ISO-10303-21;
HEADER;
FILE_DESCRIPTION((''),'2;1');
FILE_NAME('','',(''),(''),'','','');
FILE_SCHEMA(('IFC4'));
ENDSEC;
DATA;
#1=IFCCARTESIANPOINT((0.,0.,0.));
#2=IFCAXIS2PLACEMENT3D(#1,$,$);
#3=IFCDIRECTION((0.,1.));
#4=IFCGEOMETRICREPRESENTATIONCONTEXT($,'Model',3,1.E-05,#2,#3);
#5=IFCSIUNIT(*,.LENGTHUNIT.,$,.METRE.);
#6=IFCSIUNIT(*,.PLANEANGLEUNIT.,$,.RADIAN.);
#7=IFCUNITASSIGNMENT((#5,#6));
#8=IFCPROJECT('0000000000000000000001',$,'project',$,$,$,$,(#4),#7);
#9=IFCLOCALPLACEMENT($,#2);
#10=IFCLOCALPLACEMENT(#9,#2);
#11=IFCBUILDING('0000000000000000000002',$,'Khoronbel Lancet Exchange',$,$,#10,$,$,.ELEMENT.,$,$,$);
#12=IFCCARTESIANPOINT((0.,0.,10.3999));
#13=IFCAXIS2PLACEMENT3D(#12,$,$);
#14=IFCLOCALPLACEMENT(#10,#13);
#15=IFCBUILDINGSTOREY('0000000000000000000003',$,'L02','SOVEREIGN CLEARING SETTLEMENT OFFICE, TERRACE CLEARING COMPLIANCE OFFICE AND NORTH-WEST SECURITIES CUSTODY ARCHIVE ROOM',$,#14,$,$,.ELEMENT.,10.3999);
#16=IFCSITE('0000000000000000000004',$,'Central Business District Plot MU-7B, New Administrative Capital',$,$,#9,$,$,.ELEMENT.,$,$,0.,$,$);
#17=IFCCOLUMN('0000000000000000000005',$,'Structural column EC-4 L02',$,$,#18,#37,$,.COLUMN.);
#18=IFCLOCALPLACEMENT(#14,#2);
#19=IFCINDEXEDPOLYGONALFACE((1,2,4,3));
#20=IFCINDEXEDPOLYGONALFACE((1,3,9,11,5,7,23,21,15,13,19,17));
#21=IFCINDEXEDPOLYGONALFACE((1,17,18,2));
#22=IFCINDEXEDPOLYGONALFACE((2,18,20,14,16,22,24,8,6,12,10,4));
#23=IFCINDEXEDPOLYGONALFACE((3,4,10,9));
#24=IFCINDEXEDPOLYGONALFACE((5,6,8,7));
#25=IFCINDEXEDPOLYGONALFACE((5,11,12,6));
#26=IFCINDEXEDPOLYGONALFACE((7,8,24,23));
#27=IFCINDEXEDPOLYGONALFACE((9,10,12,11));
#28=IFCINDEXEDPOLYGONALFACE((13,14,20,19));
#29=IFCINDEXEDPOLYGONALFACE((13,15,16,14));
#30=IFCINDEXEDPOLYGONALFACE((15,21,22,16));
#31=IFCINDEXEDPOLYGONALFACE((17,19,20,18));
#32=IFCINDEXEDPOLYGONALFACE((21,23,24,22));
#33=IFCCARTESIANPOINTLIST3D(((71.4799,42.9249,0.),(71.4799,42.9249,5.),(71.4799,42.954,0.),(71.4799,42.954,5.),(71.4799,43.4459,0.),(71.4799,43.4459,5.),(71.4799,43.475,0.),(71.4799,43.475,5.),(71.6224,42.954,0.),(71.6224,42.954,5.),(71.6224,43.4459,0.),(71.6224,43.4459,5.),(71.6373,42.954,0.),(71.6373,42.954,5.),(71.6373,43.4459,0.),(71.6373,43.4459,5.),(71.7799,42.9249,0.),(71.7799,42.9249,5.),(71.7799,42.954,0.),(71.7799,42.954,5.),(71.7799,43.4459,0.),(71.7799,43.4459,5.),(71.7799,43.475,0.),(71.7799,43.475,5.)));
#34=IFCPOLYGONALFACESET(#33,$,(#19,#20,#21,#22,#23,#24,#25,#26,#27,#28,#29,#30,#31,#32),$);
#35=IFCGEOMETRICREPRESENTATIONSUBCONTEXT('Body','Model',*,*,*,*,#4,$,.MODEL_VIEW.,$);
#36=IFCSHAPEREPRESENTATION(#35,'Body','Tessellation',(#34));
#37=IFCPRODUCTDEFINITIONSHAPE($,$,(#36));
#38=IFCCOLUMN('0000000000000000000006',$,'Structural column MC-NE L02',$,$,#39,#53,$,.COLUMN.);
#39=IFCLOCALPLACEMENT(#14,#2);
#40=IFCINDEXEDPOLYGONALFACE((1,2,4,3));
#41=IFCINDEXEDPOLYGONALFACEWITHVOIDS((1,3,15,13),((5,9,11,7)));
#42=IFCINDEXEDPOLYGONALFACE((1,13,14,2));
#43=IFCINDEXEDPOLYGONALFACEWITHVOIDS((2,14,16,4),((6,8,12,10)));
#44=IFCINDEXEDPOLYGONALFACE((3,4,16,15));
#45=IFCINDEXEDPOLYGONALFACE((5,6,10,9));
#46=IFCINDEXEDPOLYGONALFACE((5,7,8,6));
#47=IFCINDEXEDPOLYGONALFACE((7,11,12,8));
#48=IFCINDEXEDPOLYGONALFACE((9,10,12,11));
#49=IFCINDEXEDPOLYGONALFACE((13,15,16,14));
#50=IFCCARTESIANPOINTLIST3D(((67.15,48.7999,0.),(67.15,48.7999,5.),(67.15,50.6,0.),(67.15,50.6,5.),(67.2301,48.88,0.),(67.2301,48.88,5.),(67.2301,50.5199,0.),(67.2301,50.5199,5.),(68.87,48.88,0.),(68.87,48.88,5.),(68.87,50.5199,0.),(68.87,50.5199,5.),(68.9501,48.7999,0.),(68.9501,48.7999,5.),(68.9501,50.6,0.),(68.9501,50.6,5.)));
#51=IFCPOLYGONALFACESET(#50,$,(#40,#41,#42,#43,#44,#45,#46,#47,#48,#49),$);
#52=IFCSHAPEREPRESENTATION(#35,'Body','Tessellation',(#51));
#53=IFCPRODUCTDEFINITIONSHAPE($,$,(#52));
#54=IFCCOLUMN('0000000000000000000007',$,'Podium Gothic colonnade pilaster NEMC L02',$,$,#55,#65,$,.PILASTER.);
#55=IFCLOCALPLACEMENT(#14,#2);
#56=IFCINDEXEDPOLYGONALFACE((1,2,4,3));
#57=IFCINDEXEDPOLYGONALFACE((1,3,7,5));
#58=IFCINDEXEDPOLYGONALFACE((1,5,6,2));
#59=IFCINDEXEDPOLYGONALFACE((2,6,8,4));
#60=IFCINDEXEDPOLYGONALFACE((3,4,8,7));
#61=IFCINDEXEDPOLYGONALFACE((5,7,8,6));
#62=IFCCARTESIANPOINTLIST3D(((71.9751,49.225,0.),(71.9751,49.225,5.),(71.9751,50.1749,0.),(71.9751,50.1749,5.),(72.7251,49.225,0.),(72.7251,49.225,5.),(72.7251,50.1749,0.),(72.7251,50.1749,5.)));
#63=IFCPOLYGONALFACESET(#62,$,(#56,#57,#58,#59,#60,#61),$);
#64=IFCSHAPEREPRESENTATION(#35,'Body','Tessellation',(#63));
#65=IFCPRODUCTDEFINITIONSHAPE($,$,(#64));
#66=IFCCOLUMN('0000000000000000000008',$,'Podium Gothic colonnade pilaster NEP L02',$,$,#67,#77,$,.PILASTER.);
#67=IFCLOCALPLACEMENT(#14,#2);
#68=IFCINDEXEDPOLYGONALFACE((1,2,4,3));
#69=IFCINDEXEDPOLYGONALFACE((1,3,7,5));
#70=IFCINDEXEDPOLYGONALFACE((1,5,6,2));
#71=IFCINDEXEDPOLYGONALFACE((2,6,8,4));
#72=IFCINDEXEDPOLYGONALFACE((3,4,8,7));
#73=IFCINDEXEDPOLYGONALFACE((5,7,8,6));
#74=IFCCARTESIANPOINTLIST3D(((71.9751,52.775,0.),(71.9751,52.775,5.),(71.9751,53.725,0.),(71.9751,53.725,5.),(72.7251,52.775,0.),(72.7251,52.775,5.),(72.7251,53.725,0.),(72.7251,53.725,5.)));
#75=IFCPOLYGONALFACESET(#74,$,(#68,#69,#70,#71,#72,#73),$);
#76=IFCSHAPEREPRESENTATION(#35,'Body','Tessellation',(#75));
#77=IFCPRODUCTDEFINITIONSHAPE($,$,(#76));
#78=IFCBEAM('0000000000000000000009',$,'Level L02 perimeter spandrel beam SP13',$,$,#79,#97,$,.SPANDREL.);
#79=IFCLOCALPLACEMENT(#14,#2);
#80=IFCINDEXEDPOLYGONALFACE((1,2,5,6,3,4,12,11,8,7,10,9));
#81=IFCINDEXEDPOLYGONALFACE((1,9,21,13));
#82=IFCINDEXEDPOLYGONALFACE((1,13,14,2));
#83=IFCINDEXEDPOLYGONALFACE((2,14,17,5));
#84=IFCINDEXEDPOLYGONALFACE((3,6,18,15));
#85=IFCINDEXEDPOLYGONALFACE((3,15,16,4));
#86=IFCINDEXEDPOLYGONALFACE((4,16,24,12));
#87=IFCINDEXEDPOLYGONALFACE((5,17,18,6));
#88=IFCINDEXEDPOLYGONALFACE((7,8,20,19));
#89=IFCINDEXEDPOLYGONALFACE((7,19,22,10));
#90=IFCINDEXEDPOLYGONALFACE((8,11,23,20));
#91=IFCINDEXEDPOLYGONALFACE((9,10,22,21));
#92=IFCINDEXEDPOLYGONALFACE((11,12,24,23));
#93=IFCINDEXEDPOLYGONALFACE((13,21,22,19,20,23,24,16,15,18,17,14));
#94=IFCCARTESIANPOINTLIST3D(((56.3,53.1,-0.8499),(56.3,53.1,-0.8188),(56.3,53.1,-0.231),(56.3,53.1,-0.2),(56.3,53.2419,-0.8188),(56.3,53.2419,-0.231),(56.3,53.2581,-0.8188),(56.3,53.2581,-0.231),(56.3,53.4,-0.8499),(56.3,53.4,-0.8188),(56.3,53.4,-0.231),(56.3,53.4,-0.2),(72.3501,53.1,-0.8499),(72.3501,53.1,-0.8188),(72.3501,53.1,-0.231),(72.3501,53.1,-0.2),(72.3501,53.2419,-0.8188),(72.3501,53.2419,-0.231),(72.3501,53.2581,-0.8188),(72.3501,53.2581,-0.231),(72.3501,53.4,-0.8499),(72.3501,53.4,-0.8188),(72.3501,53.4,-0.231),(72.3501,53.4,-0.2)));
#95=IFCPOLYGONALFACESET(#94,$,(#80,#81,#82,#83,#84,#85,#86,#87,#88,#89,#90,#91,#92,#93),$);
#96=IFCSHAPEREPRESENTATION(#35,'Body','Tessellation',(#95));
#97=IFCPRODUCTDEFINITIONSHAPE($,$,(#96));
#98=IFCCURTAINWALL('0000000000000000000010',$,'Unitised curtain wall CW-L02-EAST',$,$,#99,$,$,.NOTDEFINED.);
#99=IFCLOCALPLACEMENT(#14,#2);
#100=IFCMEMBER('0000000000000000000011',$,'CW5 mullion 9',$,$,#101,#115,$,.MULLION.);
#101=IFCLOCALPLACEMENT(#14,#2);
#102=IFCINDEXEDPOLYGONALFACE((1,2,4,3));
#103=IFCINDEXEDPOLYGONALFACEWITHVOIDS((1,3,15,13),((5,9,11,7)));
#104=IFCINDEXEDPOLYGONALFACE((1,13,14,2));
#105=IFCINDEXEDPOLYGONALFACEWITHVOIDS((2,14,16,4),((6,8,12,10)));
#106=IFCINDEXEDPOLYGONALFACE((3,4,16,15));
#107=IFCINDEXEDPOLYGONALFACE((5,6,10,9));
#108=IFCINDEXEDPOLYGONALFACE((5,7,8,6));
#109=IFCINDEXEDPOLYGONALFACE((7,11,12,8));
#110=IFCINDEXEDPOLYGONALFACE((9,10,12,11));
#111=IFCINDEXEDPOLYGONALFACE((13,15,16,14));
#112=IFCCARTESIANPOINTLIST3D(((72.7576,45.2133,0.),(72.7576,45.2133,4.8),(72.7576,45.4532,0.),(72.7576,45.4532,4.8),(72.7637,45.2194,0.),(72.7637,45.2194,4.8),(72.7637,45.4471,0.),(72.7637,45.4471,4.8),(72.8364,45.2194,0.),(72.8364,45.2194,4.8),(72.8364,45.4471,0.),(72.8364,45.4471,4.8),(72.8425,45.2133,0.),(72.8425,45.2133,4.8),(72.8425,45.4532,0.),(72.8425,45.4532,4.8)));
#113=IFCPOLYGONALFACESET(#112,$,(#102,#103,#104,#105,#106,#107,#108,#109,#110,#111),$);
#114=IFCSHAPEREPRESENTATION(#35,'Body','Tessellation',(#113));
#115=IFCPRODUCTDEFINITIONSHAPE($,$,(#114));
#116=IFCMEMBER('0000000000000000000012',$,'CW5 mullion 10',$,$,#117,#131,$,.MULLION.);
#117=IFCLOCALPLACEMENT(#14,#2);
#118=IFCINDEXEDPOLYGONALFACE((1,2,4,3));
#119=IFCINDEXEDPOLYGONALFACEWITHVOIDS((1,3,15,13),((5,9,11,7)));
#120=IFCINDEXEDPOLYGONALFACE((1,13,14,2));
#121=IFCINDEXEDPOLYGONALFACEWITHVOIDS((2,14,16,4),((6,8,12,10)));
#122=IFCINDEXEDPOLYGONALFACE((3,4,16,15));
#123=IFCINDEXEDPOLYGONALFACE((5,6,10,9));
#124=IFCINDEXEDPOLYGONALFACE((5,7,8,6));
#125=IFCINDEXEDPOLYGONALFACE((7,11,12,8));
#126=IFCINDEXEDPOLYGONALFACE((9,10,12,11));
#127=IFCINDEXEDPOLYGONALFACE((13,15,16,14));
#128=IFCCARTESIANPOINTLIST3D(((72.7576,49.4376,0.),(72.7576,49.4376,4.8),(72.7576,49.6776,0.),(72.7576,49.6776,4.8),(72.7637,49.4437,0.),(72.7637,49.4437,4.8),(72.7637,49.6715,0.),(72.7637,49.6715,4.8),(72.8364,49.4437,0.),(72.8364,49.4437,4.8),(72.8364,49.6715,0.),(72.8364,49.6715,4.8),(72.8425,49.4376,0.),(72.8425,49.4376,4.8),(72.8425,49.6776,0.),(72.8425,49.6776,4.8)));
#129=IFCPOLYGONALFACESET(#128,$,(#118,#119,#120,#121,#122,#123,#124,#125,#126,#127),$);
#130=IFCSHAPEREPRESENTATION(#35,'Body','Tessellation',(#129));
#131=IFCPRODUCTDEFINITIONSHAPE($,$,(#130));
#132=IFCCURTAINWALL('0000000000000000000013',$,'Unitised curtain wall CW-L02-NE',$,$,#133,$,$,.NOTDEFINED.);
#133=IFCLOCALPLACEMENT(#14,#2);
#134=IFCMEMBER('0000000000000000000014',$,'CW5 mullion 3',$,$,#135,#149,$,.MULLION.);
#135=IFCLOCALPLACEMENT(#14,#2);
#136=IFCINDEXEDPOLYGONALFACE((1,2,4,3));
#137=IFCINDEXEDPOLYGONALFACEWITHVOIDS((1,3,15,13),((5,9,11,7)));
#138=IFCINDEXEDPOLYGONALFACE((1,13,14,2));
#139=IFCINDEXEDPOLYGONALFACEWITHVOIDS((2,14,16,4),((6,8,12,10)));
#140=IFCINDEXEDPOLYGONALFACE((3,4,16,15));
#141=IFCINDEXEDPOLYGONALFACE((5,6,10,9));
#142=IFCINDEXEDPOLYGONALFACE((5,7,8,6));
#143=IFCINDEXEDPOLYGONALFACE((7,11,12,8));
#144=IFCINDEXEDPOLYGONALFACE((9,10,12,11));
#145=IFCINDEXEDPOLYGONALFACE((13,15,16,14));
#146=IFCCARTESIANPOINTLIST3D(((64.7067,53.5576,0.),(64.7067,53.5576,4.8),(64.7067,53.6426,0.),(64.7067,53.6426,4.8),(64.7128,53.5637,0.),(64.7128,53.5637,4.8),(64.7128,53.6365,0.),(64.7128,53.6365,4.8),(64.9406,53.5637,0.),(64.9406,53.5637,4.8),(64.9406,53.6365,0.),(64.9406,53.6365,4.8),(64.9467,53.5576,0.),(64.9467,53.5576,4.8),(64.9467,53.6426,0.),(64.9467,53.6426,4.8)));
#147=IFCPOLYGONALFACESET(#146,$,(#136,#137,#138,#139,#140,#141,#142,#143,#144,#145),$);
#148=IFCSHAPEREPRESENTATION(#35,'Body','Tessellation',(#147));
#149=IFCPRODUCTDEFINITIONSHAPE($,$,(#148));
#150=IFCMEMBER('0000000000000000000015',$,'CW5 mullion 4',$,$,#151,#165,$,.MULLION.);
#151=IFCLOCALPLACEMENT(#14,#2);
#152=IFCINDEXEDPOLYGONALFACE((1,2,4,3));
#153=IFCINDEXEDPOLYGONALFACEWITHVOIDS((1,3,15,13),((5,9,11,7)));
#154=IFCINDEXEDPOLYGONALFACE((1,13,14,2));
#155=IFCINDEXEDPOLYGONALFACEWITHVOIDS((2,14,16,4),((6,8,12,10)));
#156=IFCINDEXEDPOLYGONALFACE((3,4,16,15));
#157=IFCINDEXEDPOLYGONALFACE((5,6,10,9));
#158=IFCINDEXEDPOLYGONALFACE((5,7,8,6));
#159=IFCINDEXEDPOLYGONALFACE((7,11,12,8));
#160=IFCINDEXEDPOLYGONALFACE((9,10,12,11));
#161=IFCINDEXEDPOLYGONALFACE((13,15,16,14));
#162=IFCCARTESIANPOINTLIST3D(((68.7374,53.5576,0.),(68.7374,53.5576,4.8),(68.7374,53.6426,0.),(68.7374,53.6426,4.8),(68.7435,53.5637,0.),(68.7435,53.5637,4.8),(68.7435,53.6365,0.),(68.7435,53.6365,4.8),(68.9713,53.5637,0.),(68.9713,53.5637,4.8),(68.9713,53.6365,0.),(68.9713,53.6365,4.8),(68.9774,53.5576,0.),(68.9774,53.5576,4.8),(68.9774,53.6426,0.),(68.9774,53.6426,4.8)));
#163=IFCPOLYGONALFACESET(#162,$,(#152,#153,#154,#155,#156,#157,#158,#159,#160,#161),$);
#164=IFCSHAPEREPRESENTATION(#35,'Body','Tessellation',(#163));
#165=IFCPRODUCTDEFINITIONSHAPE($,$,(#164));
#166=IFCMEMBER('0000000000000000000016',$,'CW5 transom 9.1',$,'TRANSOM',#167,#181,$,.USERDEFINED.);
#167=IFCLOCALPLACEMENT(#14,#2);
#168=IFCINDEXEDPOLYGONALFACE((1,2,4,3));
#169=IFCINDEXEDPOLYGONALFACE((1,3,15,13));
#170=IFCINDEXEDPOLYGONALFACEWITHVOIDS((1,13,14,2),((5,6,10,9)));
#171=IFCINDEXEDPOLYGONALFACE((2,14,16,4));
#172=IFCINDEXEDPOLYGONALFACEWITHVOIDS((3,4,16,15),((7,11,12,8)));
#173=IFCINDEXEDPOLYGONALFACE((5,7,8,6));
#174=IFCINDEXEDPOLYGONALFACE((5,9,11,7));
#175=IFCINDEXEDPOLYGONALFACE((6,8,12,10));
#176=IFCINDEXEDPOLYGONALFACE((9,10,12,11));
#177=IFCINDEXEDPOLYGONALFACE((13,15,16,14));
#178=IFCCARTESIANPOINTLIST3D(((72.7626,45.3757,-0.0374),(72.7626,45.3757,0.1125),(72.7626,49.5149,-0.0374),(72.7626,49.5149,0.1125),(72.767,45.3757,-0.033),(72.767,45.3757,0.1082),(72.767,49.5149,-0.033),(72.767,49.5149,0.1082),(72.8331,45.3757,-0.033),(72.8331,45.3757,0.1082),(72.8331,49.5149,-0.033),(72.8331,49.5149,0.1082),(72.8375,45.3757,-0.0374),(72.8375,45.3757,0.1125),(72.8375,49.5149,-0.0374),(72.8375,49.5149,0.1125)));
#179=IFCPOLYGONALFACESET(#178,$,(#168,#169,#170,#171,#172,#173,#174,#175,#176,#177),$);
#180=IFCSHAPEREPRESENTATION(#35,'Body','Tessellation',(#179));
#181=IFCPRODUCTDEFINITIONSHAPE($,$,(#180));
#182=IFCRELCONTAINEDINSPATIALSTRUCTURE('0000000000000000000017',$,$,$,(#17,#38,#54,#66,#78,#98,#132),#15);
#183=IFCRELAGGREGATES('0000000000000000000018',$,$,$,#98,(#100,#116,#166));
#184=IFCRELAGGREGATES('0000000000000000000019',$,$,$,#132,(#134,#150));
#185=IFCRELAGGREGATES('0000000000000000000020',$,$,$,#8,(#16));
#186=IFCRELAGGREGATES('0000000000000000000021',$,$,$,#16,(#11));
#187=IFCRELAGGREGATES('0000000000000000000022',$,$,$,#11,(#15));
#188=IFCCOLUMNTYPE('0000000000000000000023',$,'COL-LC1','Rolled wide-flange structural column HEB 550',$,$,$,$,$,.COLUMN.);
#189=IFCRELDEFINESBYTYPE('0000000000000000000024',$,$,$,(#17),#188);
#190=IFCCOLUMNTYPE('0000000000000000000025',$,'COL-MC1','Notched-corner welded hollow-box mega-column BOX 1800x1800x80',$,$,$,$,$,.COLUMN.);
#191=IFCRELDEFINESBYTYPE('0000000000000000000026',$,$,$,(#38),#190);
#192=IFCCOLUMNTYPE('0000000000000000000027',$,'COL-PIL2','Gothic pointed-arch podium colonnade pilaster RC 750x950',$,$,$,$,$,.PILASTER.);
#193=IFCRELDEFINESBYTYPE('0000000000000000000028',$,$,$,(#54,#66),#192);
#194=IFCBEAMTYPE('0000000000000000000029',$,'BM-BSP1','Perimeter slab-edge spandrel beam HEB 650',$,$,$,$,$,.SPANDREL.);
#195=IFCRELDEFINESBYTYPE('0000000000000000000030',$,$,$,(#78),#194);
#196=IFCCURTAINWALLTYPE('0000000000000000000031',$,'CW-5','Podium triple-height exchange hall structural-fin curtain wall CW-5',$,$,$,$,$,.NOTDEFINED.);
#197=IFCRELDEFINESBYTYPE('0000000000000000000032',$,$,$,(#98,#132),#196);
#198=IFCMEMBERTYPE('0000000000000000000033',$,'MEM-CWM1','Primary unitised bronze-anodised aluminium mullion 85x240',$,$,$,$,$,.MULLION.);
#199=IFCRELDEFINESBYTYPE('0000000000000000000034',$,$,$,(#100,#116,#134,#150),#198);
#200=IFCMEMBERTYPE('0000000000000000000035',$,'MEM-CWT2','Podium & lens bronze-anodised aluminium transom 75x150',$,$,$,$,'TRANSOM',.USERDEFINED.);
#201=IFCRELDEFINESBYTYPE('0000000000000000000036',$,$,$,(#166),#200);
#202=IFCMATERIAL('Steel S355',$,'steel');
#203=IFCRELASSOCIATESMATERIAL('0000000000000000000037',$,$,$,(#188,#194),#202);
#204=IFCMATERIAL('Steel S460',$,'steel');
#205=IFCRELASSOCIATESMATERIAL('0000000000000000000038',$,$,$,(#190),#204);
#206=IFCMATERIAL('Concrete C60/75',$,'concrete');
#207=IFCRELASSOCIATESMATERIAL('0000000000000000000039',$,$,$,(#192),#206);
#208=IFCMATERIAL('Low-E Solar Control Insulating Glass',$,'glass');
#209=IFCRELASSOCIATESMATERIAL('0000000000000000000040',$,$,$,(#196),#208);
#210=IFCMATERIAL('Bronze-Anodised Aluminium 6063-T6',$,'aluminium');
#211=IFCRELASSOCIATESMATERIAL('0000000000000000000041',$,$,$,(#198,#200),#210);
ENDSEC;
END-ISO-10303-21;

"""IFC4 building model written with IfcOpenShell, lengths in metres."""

from ifc_helpers import new_model, si_unit, direction, frame, origin, origin_2d, place, context, subcontext, project, spatial, rectangle, hollow_rectangle, i_section, extrude, material, material_profile, profile_set, type_object, element, aggregate, save


model = new_model("IFC4")

# Units and contexts
model_context = context("Model", 3, precision=1e-05, world=origin(), true_north=direction((0.0, 1.0)))
body_context = subcontext(model_context, "Body", "Model", "MODEL_VIEW")
ifc_project = project(units=[si_unit("LENGTHUNIT", "METRE"), si_unit("PLANEANGLEUNIT", "RADIAN")], contexts=[model_context])

# Site, building, storey
site_placement = place(None, origin())
site = spatial("IfcSite", under=ifc_project, at=site_placement, Name="Central Business District Plot MU-7B, New Administrative Capital", CompositionType="ELEMENT", RefElevation=0.0)
building_placement = place(site_placement, origin())
building = spatial("IfcBuilding", under=site, at=building_placement, Name="Khoronbel Lancet Exchange", CompositionType="ELEMENT")
storey_placement = place(building_placement, frame((0.0, 0.0, 10.3999)))
storey = spatial("IfcBuildingStorey", under=building, at=storey_placement, Name="L02", Description="SOVEREIGN CLEARING SETTLEMENT OFFICE, TERRACE CLEARING COMPLIANCE OFFICE AND NORTH-WEST SECURITIES CUSTODY ARCHIVE ROOM", CompositionType="ELEMENT", Elevation=10.3999)

# Columns
ifc_material_1 = material(Name="Steel S355", Category="steel")
ifc_material_profile_1 = material_profile(ifc_material_1, i_section(OverallWidth=0.3, OverallDepth=0.55, WebThickness=0.0149, FlangeThickness=0.0291, at=origin_2d()), Name="HEB 550")
ifc_profile_set_1 = profile_set([ifc_material_profile_1], Name="Steel S355")
column_type_1 = type_object("IfcColumnType", Name="COL-LC1", Description="Rolled wide-flange structural column HEB 550", PredefinedType="COLUMN", material=ifc_profile_set_1)
column_1_placement = place(storey_placement, frame((71.6299, 43.2, 0.0), z_axis=(0.0, 0.0, 1.0), x_axis=(1.0, 0.0, 0.0)))
element("IfcColumn", 1, at=column_1_placement, inside=storey, type_object=column_type_1, Name="Structural column EC-4 L02", PredefinedType="COLUMN", context=body_context, shape_type="SweptSolid", body=[
    extrude(i_section(OverallWidth=0.3, OverallDepth=0.55, WebThickness=0.0149, FlangeThickness=0.0291, at=origin_2d()), origin(), (0.0, 0.0, 1.0), 5.0),
])
ifc_material_2 = material(Name="Steel S460", Category="steel")
ifc_material_profile_2 = material_profile(ifc_material_2, hollow_rectangle(XDim=1.8, YDim=1.8, WallThickness=0.0801, at=origin_2d()), Name="BOX 1800x1800x80")
ifc_profile_set_2 = profile_set([ifc_material_profile_2], Name="Steel S460")
column_type_2 = type_object("IfcColumnType", Name="COL-MC1", Description="Notched-corner welded hollow-box mega-column BOX 1800x1800x80", PredefinedType="COLUMN", material=ifc_profile_set_2)
column_2_placement = place(storey_placement, frame((68.05, 49.7, 0.0), z_axis=(0.0, 0.0, 1.0), x_axis=(1.0, 0.0, 0.0)))
element("IfcColumn", 2, at=column_2_placement, inside=storey, type_object=column_type_2, Name="Structural column MC-NE L02", PredefinedType="COLUMN", context=body_context, shape_type="SweptSolid", body=[
    extrude(hollow_rectangle(XDim=1.8, YDim=1.8, WallThickness=0.0801, at=origin_2d()), origin(), (0.0, 0.0, 1.0), 5.0),
])
ifc_material_3 = material(Name="Concrete C60/75", Category="concrete")
ifc_material_profile_3 = material_profile(ifc_material_3, rectangle(XDim=0.75, YDim=0.95, at=origin_2d()), Name="RC 750x950")
ifc_profile_set_3 = profile_set([ifc_material_profile_3], Name="Concrete C60/75")
column_type_3 = type_object("IfcColumnType", Name="COL-PIL2", Description="Gothic pointed-arch podium colonnade pilaster RC 750x950", PredefinedType="PILASTER", material=ifc_profile_set_3)
for number, where, z_axis, x_axis, name in (
    (3, (72.3501, 49.7, 0.0), (0.0, 0.0, 1.0), (1.0, 0.0, 0.0), "Podium Gothic colonnade pilaster NEMC L02"),
    (4, (72.3501, 53.25, 0.0), (0.0, 0.0, 1.0), (1.0, 0.0, 0.0), "Podium Gothic colonnade pilaster NEP L02"),
):
    element("IfcColumn", number, at=place(storey_placement, frame(where, z_axis=z_axis, x_axis=x_axis)), inside=storey, type_object=column_type_3, Name=name, PredefinedType="PILASTER", context=body_context, shape_type="SweptSolid", body=[
        extrude(rectangle(XDim=0.75, YDim=0.95, at=origin_2d()), origin(), (0.0, 0.0, 1.0), 5.0),
    ])

# Beam
ifc_material_profile_4 = material_profile(ifc_material_1, i_section(OverallWidth=0.3, OverallDepth=0.6499, WebThickness=0.0161, FlangeThickness=0.031, at=origin_2d()), Name="HEB 650")
ifc_profile_set_4 = profile_set([ifc_material_profile_4], Name="Steel S355")
beam_type = type_object("IfcBeamType", Name="BM-BSP1", Description="Perimeter slab-edge spandrel beam HEB 650", PredefinedType="SPANDREL", material=ifc_profile_set_4)
beam_placement = place(storey_placement, frame((72.3501, 53.25, -0.5249), z_axis=(-1.0, 0.0, 0.0), x_axis=(0.0, -1.0, 0.0)))
element("IfcBeam", 5, at=beam_placement, inside=storey, type_object=beam_type, Name="Level L02 perimeter spandrel beam SP13", PredefinedType="SPANDREL", context=body_context, shape_type="SweptSolid", body=[
    extrude(i_section(OverallWidth=0.3, OverallDepth=0.6499, WebThickness=0.0161, FlangeThickness=0.031, at=origin_2d()), origin(), (0.0, 0.0, 1.0), 16.05),
])

# Curtain walls, members
ifc_material_4 = material(Name="Low-E Solar Control Insulating Glass", Category="glass")
curtain_wall_type = type_object("IfcCurtainWallType", Name="CW-5", Description="Podium triple-height exchange hall structural-fin curtain wall CW-5", PredefinedType="NOTDEFINED", material=ifc_material_4)
curtain_wall_1_placement = place(storey_placement, origin())
curtain_wall_1 = element("IfcCurtainWall", 6, at=curtain_wall_1_placement, inside=storey, type_object=curtain_wall_type, Name="Unitised curtain wall CW-L02-EAST", PredefinedType="NOTDEFINED")
ifc_material_5 = material(Name="Bronze-Anodised Aluminium 6063-T6", Category="aluminium")
ifc_material_profile_5 = material_profile(ifc_material_5, hollow_rectangle(XDim=0.085, YDim=0.24, WallThickness=0.0061, at=origin_2d()), Name="ALU MULLION 85x240")
ifc_profile_set_5 = profile_set([ifc_material_profile_5], Name="Bronze-Anodised Aluminium 6063-T6")
member_type_1 = type_object("IfcMemberType", Name="MEM-CWM1", Description="Primary unitised bronze-anodised aluminium mullion 85x240", PredefinedType="MULLION", material=ifc_profile_set_5)
member_1_placement = place(storey_placement, frame((72.8, 45.3333, 0.0), z_axis=(0.0, 0.0, 1.0), x_axis=(-1.0, 0.0, 0.0)))
member_1 = element("IfcMember", 7, at=member_1_placement, type_object=member_type_1, Name="CW5 mullion 9", PredefinedType="MULLION", context=body_context, shape_type="SweptSolid", body=[
    extrude(hollow_rectangle(XDim=0.085, YDim=0.24, WallThickness=0.0061, at=origin_2d()), origin(), (0.0, 0.0, 1.0), 4.8),
])
member_2_placement = place(storey_placement, frame((72.8, 49.5576, 0.0), z_axis=(0.0, 0.0, 1.0), x_axis=(-1.0, 0.0, 0.0)))
member_2 = element("IfcMember", 8, at=member_2_placement, type_object=member_type_1, Name="CW5 mullion 10", PredefinedType="MULLION", context=body_context, shape_type="SweptSolid", body=[
    extrude(hollow_rectangle(XDim=0.085, YDim=0.24, WallThickness=0.0061, at=origin_2d()), origin(), (0.0, 0.0, 1.0), 4.8),
])
curtain_wall_2_placement = place(storey_placement, origin())
curtain_wall_2 = element("IfcCurtainWall", 9, at=curtain_wall_2_placement, inside=storey, type_object=curtain_wall_type, Name="Unitised curtain wall CW-L02-NE", PredefinedType="NOTDEFINED")
member_3_placement = place(storey_placement, frame((64.8267, 53.6001, 0.0), z_axis=(0.0, 0.0, 1.0), x_axis=(0.0, 1.0, 0.0)))
member_3 = element("IfcMember", 10, at=member_3_placement, type_object=member_type_1, Name="CW5 mullion 3", PredefinedType="MULLION", context=body_context, shape_type="SweptSolid", body=[
    extrude(hollow_rectangle(XDim=0.085, YDim=0.24, WallThickness=0.0061, at=origin_2d()), origin(), (0.0, 0.0, 1.0), 4.8),
])
member_4_placement = place(storey_placement, frame((68.8574, 53.6001, 0.0), z_axis=(0.0, 0.0, 1.0), x_axis=(0.0, 1.0, 0.0)))
member_4 = element("IfcMember", 11, at=member_4_placement, type_object=member_type_1, Name="CW5 mullion 4", PredefinedType="MULLION", context=body_context, shape_type="SweptSolid", body=[
    extrude(hollow_rectangle(XDim=0.085, YDim=0.24, WallThickness=0.0061, at=origin_2d()), origin(), (0.0, 0.0, 1.0), 4.8),
])

# Member
ifc_material_profile_6 = material_profile(ifc_material_5, hollow_rectangle(XDim=0.075, YDim=0.1499, WallThickness=0.0044, at=origin_2d()), Name="ALU TRANSOM 75x150")
ifc_profile_set_6 = profile_set([ifc_material_profile_6], Name="Bronze-Anodised Aluminium 6063-T6")
member_type_2 = type_object("IfcMemberType", Name="MEM-CWT2", Description="Podium & lens bronze-anodised aluminium transom 75x150", ElementType="TRANSOM", PredefinedType="USERDEFINED", material=ifc_profile_set_6)
member_5_placement = place(storey_placement, frame((72.8, 45.3757, 0.0376), z_axis=(0.0, 1.0, 0.0), x_axis=(-1.0, 0.0, 0.0)))
member_5 = element("IfcMember", 12, at=member_5_placement, type_object=member_type_2, Name="CW5 transom 9.1", ObjectType="TRANSOM", PredefinedType="USERDEFINED", context=body_context, shape_type="SweptSolid", body=[
    extrude(hollow_rectangle(XDim=0.075, YDim=0.1499, WallThickness=0.0044, at=origin_2d()), origin(), (0.0, 0.0, 1.0), 4.1392),
])

aggregate(curtain_wall_1, [member_1, member_2, member_5])
aggregate(curtain_wall_2, [member_3, member_4])

save(model, "model.ifc")
